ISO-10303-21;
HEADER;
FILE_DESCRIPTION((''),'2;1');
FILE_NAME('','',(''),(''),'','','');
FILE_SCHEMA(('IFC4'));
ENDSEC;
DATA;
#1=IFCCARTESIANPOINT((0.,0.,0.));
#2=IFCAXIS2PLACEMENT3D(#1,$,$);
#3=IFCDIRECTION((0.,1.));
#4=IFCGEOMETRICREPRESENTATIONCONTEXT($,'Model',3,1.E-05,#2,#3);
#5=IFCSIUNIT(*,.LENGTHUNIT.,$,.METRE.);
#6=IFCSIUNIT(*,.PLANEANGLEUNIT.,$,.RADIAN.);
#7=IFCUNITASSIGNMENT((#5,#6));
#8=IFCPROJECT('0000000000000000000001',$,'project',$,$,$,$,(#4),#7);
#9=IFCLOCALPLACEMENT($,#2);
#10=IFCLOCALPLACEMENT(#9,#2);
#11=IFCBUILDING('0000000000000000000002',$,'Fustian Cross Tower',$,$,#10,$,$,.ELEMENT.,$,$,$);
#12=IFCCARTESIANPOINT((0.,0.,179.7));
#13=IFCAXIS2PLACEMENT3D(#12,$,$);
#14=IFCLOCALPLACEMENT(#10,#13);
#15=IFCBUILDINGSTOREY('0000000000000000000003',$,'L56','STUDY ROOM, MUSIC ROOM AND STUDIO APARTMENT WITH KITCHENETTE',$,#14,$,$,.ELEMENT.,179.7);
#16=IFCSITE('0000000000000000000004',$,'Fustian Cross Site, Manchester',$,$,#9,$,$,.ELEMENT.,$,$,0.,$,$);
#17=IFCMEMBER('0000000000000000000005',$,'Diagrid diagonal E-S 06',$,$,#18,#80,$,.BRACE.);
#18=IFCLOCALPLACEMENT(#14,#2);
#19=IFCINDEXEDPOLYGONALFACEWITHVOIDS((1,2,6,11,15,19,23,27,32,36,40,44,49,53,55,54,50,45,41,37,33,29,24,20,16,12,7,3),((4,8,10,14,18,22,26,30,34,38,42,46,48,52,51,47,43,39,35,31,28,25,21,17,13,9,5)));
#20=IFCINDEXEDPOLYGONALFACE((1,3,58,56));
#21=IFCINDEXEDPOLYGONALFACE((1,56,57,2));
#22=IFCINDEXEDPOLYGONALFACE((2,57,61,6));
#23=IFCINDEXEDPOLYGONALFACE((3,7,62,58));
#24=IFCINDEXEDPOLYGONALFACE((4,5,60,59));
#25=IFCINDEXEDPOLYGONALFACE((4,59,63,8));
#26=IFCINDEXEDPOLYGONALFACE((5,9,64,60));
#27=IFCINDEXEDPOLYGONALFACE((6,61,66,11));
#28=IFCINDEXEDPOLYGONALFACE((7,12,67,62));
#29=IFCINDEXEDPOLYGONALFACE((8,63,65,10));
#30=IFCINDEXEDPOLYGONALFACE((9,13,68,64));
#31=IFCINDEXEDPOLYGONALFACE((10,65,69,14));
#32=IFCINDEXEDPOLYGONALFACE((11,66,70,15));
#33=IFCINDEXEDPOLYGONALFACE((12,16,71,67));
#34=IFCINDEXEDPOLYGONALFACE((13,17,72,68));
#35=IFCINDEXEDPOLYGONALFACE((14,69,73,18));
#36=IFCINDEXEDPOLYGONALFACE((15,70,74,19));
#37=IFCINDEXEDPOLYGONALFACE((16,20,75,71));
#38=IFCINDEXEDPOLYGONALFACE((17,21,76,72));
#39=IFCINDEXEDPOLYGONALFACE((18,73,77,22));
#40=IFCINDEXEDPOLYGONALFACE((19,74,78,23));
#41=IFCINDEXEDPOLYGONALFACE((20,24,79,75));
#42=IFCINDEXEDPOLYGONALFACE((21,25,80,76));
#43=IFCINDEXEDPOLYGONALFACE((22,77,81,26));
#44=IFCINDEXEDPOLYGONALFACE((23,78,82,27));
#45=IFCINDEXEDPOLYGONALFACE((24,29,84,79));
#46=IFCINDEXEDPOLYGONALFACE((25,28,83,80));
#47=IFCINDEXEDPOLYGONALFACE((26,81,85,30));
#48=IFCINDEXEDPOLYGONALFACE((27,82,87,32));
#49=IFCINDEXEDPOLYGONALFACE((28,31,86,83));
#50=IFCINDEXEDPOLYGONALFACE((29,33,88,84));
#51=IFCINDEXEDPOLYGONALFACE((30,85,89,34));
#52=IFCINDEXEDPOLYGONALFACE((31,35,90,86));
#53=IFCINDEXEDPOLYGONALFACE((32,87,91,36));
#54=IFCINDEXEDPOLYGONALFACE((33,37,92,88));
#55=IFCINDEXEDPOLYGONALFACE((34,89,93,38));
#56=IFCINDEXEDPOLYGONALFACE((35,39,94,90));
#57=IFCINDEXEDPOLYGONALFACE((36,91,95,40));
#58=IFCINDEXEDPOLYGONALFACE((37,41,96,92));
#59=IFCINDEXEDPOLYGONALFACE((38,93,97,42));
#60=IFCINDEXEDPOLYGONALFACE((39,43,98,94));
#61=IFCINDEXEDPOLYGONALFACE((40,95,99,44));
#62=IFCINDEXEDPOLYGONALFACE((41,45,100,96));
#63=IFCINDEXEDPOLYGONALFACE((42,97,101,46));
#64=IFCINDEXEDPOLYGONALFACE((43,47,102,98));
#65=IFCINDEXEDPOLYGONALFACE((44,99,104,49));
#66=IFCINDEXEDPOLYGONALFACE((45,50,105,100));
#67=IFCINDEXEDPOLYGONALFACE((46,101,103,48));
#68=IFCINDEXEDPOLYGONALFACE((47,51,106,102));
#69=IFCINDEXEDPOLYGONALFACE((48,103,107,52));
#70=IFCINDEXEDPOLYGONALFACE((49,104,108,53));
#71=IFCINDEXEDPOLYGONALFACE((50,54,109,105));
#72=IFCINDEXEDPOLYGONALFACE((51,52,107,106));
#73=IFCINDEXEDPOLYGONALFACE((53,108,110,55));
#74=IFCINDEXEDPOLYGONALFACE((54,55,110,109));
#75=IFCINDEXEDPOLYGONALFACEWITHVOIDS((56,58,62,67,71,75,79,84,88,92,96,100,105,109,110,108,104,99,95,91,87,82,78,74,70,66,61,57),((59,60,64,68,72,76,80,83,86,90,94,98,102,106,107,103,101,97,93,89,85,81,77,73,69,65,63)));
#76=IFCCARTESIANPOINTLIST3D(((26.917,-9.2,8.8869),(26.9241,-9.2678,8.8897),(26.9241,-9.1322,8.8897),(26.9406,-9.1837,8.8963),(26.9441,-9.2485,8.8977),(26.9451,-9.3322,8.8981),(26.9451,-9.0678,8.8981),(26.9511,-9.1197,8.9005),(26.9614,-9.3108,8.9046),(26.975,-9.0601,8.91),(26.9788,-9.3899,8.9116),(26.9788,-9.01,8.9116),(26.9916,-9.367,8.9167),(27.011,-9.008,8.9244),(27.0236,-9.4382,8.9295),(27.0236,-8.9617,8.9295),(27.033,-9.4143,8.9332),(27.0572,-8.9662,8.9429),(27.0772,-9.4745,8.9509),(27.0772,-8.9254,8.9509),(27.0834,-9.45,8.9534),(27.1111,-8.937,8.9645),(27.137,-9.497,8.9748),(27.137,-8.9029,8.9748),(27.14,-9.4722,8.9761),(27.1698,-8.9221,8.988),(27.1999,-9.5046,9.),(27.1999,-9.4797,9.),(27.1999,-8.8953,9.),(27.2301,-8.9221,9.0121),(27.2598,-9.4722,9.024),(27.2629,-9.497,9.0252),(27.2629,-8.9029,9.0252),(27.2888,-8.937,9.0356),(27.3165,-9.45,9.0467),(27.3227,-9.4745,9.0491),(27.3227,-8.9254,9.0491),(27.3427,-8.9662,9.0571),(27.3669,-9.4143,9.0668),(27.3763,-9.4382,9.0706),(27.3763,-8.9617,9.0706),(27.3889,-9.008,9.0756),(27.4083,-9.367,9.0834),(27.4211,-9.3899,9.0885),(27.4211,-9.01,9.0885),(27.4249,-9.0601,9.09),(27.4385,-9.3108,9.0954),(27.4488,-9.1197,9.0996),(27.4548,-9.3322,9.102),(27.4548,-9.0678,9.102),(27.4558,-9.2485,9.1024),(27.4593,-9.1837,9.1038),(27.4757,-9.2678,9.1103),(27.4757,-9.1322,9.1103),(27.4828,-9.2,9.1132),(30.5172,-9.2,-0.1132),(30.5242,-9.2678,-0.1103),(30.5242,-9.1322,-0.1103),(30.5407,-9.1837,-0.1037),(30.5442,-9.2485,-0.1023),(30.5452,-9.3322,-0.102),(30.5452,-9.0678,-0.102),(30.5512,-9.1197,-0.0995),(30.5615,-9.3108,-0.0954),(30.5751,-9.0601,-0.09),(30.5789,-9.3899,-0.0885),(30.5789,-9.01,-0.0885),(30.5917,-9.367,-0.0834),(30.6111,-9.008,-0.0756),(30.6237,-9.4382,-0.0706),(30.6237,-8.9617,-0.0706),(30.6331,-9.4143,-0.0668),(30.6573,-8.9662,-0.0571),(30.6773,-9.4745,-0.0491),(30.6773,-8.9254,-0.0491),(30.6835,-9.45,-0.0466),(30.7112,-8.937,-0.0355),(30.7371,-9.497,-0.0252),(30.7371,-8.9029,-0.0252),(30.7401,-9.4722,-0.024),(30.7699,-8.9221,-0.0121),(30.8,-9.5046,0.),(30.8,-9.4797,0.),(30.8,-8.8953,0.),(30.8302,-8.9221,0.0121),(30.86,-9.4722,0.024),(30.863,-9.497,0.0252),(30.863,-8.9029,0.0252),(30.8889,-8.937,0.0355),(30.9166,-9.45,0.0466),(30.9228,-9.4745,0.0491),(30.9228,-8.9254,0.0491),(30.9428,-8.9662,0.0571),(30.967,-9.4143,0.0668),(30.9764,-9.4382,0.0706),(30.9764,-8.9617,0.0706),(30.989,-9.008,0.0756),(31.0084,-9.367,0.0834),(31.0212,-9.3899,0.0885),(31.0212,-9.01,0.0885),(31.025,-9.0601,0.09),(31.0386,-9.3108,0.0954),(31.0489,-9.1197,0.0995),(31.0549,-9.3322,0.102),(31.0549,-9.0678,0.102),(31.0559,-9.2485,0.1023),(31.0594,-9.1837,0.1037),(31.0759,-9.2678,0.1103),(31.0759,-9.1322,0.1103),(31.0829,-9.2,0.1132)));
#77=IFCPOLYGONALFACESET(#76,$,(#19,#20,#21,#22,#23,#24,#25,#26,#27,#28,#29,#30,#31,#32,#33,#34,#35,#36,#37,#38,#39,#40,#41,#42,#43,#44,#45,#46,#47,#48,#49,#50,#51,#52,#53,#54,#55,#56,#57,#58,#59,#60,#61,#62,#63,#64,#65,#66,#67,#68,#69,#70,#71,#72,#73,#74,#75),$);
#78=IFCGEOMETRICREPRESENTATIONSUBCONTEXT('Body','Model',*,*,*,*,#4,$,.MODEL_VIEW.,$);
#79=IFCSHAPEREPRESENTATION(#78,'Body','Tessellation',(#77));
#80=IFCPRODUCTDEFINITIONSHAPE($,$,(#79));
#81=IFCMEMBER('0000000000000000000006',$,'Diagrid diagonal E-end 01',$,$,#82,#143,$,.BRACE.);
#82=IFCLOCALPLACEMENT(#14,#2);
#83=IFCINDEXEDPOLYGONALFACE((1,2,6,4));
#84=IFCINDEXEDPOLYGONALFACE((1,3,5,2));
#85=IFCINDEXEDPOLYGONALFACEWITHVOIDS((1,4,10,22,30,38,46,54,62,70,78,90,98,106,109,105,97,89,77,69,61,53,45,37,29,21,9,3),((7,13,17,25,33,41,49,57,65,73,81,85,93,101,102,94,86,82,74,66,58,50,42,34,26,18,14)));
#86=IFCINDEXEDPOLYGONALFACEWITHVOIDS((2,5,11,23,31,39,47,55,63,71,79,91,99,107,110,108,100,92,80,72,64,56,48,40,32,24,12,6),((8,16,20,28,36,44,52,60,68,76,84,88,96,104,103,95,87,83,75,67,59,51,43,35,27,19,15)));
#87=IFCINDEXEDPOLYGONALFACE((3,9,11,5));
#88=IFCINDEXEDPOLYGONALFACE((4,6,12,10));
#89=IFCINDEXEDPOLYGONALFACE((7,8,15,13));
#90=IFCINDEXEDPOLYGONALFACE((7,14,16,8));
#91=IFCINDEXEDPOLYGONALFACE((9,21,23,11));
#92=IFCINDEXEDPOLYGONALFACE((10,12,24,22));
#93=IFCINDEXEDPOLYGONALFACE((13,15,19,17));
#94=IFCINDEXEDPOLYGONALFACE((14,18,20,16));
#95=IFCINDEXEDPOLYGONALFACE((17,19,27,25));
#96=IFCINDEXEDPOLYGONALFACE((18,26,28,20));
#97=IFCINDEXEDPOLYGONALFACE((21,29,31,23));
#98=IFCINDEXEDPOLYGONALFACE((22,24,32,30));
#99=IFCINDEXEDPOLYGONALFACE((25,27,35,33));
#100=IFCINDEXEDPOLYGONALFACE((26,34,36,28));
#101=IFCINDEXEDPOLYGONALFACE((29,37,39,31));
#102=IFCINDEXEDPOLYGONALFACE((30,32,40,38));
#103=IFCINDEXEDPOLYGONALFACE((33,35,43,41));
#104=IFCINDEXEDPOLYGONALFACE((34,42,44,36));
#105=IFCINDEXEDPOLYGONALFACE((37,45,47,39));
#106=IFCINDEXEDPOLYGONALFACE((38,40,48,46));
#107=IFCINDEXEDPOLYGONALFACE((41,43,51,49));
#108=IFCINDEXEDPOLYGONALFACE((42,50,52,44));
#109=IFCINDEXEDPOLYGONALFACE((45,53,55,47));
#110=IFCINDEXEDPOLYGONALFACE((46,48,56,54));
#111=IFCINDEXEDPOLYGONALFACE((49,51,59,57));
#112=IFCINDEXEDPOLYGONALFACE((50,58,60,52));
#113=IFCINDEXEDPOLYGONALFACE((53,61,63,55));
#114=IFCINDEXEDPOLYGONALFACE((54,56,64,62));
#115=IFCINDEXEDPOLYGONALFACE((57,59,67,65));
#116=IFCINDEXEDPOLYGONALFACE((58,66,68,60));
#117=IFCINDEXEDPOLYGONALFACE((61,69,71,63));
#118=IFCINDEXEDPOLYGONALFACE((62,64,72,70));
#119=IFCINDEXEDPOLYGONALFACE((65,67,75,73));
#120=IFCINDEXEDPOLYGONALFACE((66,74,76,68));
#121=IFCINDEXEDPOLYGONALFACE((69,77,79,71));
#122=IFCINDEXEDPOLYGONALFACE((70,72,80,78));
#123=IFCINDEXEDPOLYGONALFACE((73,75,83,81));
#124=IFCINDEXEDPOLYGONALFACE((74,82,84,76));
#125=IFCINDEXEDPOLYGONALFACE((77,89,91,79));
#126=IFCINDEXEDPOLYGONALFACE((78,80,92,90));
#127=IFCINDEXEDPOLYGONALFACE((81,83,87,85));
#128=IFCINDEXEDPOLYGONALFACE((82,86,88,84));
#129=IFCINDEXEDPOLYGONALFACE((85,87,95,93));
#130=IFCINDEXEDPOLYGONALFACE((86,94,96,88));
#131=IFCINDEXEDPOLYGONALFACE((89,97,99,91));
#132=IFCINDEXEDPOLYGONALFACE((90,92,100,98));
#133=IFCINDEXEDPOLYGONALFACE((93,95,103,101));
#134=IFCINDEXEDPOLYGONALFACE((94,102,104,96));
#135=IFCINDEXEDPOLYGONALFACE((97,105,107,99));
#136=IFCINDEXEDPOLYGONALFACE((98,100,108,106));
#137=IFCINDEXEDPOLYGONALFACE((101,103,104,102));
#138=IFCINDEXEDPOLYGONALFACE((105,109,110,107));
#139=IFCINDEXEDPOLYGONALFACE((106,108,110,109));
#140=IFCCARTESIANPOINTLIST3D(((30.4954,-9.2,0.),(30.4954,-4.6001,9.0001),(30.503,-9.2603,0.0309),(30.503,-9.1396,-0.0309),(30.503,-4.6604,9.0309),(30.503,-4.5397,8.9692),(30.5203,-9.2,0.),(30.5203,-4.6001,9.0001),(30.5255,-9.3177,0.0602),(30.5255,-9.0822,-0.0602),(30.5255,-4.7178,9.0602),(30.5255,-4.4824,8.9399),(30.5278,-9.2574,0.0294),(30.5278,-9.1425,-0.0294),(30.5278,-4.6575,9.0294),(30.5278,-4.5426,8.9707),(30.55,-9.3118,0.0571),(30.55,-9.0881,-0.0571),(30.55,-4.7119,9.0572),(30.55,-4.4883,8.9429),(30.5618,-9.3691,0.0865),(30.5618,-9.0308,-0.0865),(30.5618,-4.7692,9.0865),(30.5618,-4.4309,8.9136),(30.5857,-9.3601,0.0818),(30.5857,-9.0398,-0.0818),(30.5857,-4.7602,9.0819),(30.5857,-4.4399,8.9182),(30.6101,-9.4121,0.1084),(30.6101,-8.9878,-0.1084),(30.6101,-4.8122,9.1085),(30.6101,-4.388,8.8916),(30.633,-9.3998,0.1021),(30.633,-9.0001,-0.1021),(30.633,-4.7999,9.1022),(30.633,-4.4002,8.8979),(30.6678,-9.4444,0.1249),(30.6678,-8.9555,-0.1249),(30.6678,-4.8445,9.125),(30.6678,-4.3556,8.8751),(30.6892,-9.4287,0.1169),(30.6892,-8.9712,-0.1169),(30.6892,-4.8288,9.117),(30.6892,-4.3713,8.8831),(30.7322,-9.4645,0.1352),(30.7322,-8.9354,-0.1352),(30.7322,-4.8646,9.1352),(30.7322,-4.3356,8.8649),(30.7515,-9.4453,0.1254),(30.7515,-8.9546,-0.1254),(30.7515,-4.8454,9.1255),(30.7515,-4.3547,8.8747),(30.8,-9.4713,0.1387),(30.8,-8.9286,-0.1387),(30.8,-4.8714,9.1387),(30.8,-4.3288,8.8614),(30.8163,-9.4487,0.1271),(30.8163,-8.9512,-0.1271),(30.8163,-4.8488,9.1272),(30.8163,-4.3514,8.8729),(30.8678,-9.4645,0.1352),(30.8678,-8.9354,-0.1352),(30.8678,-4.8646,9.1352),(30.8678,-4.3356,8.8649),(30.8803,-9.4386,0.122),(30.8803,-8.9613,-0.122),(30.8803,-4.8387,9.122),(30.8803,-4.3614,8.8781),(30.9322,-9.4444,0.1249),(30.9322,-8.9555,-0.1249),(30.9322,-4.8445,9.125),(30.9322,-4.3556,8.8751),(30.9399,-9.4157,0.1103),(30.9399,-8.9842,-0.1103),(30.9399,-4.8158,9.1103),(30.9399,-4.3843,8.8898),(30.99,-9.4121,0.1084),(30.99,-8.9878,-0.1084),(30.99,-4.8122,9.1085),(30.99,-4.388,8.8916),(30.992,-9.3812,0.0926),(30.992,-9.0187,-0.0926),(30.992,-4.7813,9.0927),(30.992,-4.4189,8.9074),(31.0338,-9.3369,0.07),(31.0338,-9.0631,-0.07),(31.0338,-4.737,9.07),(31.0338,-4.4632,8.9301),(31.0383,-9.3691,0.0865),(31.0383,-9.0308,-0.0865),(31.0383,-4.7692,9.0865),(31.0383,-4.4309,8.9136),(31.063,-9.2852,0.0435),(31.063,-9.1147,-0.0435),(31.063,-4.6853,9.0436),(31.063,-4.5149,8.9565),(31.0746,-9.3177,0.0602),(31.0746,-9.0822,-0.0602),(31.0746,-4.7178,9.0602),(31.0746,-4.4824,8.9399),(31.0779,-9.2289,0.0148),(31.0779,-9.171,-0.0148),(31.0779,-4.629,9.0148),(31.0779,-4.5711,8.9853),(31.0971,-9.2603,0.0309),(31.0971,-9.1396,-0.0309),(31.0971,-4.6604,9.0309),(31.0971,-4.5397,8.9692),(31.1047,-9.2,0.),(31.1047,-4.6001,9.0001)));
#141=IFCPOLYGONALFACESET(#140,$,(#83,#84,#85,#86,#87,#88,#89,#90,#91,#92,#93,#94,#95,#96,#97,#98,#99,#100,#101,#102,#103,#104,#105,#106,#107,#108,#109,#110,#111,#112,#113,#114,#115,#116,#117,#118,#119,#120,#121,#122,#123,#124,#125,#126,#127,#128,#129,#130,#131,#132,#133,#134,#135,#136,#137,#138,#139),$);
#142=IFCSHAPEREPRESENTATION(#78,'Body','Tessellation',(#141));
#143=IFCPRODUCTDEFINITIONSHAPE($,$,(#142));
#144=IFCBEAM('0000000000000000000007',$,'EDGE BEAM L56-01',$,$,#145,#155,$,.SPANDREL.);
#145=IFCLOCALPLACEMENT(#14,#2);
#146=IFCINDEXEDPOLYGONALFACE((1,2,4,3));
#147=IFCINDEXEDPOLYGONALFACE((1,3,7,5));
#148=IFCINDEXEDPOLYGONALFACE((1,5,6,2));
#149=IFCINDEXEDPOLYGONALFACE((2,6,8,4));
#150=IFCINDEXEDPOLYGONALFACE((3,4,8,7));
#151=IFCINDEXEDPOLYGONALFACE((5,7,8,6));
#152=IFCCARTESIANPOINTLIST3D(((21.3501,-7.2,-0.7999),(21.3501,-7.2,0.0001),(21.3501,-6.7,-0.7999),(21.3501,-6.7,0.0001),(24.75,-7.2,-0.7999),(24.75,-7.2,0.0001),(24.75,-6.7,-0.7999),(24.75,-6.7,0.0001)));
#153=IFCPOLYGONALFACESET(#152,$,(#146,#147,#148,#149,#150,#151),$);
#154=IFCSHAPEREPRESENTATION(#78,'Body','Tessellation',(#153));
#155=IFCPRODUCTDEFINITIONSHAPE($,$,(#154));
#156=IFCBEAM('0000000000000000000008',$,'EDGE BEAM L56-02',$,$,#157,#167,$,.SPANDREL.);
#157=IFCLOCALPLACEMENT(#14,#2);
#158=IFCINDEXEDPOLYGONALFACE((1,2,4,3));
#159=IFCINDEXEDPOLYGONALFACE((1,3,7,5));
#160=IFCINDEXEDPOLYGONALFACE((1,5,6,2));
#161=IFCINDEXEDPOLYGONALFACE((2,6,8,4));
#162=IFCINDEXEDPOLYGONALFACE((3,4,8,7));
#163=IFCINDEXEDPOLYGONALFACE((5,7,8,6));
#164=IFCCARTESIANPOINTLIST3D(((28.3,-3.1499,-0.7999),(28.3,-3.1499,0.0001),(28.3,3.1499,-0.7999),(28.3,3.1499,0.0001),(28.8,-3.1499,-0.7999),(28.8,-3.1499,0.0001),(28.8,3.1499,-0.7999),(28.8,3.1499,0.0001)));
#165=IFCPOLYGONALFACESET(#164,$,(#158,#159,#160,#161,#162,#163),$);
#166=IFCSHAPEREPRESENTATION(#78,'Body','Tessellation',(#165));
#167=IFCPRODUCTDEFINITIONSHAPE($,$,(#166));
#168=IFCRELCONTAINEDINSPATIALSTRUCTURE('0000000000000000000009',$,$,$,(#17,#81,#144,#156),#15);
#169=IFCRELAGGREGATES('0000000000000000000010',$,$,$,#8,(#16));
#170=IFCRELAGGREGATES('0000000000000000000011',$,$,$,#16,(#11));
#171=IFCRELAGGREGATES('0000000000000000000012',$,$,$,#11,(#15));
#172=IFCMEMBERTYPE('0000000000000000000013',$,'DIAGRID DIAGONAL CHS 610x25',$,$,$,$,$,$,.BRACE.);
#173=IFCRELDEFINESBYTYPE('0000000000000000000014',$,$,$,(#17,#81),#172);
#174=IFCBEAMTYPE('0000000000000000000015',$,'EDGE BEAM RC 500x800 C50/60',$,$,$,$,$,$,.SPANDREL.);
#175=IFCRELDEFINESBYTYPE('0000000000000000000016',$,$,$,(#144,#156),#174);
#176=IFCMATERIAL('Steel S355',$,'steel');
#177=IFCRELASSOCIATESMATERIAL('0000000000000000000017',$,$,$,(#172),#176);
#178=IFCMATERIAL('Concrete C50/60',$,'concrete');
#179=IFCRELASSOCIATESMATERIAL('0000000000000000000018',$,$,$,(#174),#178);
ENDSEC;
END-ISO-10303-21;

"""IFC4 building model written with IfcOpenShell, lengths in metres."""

from ifc_helpers import new_model, si_unit, direction, frame, origin, origin_2d, place, context, subcontext, project, spatial, rectangle, hollow_circle, extrude, material, material_profile, profile_set, type_object, element, save


model = new_model("IFC4")

# Units and contexts
model_context = context("Model", 3, precision=1e-05, world=origin(), true_north=direction((0.0, 1.0)))
body_context = subcontext(model_context, "Body", "Model", "MODEL_VIEW")
ifc_project = project(units=[si_unit("LENGTHUNIT", "METRE"), si_unit("PLANEANGLEUNIT", "RADIAN")], contexts=[model_context])

# Site, building, storey
site_placement = place(None, origin())
site = spatial("IfcSite", under=ifc_project, at=site_placement, Name="Fustian Cross Site, Manchester", CompositionType="ELEMENT", RefElevation=0.0)
building_placement = place(site_placement, origin())
building = spatial("IfcBuilding", under=site, at=building_placement, Name="Fustian Cross Tower", CompositionType="ELEMENT")
storey_placement = place(building_placement, frame((0.0, 0.0, 179.7)))
storey = spatial("IfcBuildingStorey", under=building, at=storey_placement, Name="L56", Description="STUDY ROOM, MUSIC ROOM AND STUDIO APARTMENT WITH KITCHENETTE", CompositionType="ELEMENT", Elevation=179.7)

# Members
ifc_material_1 = material(Name="Steel S355", Category="steel")
ifc_material_profile_1 = material_profile(ifc_material_1, hollow_circle(Radius=0.3047, WallThickness=0.0249, at=origin_2d()), Name="CHS 610x25")
ifc_profile_set_1 = profile_set([ifc_material_profile_1], Name="Steel S355")
member_type_1 = type_object("IfcMemberType", Name="DIAGRID DIAGONAL CHS 610x25", PredefinedType="BRACE", material=ifc_profile_set_1)
member_1_placement = place(storey_placement, frame((30.8, -9.2, 0.0), z_axis=(-0.371399, 0.0, 0.928473), x_axis=(0.0, -1.0, 0.0)))
element("IfcMember", 1, at=member_1_placement, inside=storey, type_object=member_type_1, Name="Diagrid diagonal E-S 06", PredefinedType="BRACE", context=body_context, shape_type="SweptSolid", body=[
    extrude(hollow_circle(Radius=0.3047, WallThickness=0.0249, at=origin_2d()), origin(), (0.0, 0.0, 1.0), 9.6934),
])
member_2_placement = place(storey_placement, frame((30.8, -9.2, 0.0), z_axis=(0.0, 0.4551, 0.890441), x_axis=(-1.0, 0.0, 0.0)))
element("IfcMember", 2, at=member_2_placement, inside=storey, type_object=member_type_1, Name="Diagrid diagonal E-end 01", PredefinedType="BRACE", context=body_context, shape_type="SweptSolid", body=[
    extrude(hollow_circle(Radius=0.3047, WallThickness=0.0249, at=origin_2d()), origin(), (0.0, 0.0, 1.0), 10.1074),
])

# Beams
ifc_material_2 = material(Name="Concrete C50/60", Category="concrete")
ifc_material_profile_2 = material_profile(ifc_material_2, rectangle(XDim=0.5, YDim=0.8, at=origin_2d()), Name="RC 500x800")
ifc_profile_set_2 = profile_set([ifc_material_profile_2], Name="Concrete C50/60")
beam_type = type_object("IfcBeamType", Name="EDGE BEAM RC 500x800 C50/60", PredefinedType="SPANDREL", material=ifc_profile_set_2)
beam_1_placement = place(storey_placement, frame((21.3501, -6.95, -0.3999), z_axis=(1.0, 0.0, 0.0), x_axis=(0.0, 1.0, 0.0)))
element("IfcBeam", 3, at=beam_1_placement, inside=storey, type_object=beam_type, Name="EDGE BEAM L56-01", PredefinedType="SPANDREL", context=body_context, shape_type="SweptSolid", body=[
    extrude(rectangle(XDim=0.5, YDim=0.8, at=origin_2d()), origin(), (0.0, 0.0, 1.0), 3.3999),
])
beam_2_placement = place(storey_placement, frame((28.55, -3.1499, -0.3999), z_axis=(0.0, 1.0, 0.0), x_axis=(-1.0, 0.0, 0.0)))
element("IfcBeam", 4, at=beam_2_placement, inside=storey, type_object=beam_type, Name="EDGE BEAM L56-02", PredefinedType="SPANDREL", context=body_context, shape_type="SweptSolid", body=[
    extrude(rectangle(XDim=0.5, YDim=0.8, at=origin_2d()), origin(), (0.0, 0.0, 1.0), 6.2998),
])

save(model, "model.ifc")
